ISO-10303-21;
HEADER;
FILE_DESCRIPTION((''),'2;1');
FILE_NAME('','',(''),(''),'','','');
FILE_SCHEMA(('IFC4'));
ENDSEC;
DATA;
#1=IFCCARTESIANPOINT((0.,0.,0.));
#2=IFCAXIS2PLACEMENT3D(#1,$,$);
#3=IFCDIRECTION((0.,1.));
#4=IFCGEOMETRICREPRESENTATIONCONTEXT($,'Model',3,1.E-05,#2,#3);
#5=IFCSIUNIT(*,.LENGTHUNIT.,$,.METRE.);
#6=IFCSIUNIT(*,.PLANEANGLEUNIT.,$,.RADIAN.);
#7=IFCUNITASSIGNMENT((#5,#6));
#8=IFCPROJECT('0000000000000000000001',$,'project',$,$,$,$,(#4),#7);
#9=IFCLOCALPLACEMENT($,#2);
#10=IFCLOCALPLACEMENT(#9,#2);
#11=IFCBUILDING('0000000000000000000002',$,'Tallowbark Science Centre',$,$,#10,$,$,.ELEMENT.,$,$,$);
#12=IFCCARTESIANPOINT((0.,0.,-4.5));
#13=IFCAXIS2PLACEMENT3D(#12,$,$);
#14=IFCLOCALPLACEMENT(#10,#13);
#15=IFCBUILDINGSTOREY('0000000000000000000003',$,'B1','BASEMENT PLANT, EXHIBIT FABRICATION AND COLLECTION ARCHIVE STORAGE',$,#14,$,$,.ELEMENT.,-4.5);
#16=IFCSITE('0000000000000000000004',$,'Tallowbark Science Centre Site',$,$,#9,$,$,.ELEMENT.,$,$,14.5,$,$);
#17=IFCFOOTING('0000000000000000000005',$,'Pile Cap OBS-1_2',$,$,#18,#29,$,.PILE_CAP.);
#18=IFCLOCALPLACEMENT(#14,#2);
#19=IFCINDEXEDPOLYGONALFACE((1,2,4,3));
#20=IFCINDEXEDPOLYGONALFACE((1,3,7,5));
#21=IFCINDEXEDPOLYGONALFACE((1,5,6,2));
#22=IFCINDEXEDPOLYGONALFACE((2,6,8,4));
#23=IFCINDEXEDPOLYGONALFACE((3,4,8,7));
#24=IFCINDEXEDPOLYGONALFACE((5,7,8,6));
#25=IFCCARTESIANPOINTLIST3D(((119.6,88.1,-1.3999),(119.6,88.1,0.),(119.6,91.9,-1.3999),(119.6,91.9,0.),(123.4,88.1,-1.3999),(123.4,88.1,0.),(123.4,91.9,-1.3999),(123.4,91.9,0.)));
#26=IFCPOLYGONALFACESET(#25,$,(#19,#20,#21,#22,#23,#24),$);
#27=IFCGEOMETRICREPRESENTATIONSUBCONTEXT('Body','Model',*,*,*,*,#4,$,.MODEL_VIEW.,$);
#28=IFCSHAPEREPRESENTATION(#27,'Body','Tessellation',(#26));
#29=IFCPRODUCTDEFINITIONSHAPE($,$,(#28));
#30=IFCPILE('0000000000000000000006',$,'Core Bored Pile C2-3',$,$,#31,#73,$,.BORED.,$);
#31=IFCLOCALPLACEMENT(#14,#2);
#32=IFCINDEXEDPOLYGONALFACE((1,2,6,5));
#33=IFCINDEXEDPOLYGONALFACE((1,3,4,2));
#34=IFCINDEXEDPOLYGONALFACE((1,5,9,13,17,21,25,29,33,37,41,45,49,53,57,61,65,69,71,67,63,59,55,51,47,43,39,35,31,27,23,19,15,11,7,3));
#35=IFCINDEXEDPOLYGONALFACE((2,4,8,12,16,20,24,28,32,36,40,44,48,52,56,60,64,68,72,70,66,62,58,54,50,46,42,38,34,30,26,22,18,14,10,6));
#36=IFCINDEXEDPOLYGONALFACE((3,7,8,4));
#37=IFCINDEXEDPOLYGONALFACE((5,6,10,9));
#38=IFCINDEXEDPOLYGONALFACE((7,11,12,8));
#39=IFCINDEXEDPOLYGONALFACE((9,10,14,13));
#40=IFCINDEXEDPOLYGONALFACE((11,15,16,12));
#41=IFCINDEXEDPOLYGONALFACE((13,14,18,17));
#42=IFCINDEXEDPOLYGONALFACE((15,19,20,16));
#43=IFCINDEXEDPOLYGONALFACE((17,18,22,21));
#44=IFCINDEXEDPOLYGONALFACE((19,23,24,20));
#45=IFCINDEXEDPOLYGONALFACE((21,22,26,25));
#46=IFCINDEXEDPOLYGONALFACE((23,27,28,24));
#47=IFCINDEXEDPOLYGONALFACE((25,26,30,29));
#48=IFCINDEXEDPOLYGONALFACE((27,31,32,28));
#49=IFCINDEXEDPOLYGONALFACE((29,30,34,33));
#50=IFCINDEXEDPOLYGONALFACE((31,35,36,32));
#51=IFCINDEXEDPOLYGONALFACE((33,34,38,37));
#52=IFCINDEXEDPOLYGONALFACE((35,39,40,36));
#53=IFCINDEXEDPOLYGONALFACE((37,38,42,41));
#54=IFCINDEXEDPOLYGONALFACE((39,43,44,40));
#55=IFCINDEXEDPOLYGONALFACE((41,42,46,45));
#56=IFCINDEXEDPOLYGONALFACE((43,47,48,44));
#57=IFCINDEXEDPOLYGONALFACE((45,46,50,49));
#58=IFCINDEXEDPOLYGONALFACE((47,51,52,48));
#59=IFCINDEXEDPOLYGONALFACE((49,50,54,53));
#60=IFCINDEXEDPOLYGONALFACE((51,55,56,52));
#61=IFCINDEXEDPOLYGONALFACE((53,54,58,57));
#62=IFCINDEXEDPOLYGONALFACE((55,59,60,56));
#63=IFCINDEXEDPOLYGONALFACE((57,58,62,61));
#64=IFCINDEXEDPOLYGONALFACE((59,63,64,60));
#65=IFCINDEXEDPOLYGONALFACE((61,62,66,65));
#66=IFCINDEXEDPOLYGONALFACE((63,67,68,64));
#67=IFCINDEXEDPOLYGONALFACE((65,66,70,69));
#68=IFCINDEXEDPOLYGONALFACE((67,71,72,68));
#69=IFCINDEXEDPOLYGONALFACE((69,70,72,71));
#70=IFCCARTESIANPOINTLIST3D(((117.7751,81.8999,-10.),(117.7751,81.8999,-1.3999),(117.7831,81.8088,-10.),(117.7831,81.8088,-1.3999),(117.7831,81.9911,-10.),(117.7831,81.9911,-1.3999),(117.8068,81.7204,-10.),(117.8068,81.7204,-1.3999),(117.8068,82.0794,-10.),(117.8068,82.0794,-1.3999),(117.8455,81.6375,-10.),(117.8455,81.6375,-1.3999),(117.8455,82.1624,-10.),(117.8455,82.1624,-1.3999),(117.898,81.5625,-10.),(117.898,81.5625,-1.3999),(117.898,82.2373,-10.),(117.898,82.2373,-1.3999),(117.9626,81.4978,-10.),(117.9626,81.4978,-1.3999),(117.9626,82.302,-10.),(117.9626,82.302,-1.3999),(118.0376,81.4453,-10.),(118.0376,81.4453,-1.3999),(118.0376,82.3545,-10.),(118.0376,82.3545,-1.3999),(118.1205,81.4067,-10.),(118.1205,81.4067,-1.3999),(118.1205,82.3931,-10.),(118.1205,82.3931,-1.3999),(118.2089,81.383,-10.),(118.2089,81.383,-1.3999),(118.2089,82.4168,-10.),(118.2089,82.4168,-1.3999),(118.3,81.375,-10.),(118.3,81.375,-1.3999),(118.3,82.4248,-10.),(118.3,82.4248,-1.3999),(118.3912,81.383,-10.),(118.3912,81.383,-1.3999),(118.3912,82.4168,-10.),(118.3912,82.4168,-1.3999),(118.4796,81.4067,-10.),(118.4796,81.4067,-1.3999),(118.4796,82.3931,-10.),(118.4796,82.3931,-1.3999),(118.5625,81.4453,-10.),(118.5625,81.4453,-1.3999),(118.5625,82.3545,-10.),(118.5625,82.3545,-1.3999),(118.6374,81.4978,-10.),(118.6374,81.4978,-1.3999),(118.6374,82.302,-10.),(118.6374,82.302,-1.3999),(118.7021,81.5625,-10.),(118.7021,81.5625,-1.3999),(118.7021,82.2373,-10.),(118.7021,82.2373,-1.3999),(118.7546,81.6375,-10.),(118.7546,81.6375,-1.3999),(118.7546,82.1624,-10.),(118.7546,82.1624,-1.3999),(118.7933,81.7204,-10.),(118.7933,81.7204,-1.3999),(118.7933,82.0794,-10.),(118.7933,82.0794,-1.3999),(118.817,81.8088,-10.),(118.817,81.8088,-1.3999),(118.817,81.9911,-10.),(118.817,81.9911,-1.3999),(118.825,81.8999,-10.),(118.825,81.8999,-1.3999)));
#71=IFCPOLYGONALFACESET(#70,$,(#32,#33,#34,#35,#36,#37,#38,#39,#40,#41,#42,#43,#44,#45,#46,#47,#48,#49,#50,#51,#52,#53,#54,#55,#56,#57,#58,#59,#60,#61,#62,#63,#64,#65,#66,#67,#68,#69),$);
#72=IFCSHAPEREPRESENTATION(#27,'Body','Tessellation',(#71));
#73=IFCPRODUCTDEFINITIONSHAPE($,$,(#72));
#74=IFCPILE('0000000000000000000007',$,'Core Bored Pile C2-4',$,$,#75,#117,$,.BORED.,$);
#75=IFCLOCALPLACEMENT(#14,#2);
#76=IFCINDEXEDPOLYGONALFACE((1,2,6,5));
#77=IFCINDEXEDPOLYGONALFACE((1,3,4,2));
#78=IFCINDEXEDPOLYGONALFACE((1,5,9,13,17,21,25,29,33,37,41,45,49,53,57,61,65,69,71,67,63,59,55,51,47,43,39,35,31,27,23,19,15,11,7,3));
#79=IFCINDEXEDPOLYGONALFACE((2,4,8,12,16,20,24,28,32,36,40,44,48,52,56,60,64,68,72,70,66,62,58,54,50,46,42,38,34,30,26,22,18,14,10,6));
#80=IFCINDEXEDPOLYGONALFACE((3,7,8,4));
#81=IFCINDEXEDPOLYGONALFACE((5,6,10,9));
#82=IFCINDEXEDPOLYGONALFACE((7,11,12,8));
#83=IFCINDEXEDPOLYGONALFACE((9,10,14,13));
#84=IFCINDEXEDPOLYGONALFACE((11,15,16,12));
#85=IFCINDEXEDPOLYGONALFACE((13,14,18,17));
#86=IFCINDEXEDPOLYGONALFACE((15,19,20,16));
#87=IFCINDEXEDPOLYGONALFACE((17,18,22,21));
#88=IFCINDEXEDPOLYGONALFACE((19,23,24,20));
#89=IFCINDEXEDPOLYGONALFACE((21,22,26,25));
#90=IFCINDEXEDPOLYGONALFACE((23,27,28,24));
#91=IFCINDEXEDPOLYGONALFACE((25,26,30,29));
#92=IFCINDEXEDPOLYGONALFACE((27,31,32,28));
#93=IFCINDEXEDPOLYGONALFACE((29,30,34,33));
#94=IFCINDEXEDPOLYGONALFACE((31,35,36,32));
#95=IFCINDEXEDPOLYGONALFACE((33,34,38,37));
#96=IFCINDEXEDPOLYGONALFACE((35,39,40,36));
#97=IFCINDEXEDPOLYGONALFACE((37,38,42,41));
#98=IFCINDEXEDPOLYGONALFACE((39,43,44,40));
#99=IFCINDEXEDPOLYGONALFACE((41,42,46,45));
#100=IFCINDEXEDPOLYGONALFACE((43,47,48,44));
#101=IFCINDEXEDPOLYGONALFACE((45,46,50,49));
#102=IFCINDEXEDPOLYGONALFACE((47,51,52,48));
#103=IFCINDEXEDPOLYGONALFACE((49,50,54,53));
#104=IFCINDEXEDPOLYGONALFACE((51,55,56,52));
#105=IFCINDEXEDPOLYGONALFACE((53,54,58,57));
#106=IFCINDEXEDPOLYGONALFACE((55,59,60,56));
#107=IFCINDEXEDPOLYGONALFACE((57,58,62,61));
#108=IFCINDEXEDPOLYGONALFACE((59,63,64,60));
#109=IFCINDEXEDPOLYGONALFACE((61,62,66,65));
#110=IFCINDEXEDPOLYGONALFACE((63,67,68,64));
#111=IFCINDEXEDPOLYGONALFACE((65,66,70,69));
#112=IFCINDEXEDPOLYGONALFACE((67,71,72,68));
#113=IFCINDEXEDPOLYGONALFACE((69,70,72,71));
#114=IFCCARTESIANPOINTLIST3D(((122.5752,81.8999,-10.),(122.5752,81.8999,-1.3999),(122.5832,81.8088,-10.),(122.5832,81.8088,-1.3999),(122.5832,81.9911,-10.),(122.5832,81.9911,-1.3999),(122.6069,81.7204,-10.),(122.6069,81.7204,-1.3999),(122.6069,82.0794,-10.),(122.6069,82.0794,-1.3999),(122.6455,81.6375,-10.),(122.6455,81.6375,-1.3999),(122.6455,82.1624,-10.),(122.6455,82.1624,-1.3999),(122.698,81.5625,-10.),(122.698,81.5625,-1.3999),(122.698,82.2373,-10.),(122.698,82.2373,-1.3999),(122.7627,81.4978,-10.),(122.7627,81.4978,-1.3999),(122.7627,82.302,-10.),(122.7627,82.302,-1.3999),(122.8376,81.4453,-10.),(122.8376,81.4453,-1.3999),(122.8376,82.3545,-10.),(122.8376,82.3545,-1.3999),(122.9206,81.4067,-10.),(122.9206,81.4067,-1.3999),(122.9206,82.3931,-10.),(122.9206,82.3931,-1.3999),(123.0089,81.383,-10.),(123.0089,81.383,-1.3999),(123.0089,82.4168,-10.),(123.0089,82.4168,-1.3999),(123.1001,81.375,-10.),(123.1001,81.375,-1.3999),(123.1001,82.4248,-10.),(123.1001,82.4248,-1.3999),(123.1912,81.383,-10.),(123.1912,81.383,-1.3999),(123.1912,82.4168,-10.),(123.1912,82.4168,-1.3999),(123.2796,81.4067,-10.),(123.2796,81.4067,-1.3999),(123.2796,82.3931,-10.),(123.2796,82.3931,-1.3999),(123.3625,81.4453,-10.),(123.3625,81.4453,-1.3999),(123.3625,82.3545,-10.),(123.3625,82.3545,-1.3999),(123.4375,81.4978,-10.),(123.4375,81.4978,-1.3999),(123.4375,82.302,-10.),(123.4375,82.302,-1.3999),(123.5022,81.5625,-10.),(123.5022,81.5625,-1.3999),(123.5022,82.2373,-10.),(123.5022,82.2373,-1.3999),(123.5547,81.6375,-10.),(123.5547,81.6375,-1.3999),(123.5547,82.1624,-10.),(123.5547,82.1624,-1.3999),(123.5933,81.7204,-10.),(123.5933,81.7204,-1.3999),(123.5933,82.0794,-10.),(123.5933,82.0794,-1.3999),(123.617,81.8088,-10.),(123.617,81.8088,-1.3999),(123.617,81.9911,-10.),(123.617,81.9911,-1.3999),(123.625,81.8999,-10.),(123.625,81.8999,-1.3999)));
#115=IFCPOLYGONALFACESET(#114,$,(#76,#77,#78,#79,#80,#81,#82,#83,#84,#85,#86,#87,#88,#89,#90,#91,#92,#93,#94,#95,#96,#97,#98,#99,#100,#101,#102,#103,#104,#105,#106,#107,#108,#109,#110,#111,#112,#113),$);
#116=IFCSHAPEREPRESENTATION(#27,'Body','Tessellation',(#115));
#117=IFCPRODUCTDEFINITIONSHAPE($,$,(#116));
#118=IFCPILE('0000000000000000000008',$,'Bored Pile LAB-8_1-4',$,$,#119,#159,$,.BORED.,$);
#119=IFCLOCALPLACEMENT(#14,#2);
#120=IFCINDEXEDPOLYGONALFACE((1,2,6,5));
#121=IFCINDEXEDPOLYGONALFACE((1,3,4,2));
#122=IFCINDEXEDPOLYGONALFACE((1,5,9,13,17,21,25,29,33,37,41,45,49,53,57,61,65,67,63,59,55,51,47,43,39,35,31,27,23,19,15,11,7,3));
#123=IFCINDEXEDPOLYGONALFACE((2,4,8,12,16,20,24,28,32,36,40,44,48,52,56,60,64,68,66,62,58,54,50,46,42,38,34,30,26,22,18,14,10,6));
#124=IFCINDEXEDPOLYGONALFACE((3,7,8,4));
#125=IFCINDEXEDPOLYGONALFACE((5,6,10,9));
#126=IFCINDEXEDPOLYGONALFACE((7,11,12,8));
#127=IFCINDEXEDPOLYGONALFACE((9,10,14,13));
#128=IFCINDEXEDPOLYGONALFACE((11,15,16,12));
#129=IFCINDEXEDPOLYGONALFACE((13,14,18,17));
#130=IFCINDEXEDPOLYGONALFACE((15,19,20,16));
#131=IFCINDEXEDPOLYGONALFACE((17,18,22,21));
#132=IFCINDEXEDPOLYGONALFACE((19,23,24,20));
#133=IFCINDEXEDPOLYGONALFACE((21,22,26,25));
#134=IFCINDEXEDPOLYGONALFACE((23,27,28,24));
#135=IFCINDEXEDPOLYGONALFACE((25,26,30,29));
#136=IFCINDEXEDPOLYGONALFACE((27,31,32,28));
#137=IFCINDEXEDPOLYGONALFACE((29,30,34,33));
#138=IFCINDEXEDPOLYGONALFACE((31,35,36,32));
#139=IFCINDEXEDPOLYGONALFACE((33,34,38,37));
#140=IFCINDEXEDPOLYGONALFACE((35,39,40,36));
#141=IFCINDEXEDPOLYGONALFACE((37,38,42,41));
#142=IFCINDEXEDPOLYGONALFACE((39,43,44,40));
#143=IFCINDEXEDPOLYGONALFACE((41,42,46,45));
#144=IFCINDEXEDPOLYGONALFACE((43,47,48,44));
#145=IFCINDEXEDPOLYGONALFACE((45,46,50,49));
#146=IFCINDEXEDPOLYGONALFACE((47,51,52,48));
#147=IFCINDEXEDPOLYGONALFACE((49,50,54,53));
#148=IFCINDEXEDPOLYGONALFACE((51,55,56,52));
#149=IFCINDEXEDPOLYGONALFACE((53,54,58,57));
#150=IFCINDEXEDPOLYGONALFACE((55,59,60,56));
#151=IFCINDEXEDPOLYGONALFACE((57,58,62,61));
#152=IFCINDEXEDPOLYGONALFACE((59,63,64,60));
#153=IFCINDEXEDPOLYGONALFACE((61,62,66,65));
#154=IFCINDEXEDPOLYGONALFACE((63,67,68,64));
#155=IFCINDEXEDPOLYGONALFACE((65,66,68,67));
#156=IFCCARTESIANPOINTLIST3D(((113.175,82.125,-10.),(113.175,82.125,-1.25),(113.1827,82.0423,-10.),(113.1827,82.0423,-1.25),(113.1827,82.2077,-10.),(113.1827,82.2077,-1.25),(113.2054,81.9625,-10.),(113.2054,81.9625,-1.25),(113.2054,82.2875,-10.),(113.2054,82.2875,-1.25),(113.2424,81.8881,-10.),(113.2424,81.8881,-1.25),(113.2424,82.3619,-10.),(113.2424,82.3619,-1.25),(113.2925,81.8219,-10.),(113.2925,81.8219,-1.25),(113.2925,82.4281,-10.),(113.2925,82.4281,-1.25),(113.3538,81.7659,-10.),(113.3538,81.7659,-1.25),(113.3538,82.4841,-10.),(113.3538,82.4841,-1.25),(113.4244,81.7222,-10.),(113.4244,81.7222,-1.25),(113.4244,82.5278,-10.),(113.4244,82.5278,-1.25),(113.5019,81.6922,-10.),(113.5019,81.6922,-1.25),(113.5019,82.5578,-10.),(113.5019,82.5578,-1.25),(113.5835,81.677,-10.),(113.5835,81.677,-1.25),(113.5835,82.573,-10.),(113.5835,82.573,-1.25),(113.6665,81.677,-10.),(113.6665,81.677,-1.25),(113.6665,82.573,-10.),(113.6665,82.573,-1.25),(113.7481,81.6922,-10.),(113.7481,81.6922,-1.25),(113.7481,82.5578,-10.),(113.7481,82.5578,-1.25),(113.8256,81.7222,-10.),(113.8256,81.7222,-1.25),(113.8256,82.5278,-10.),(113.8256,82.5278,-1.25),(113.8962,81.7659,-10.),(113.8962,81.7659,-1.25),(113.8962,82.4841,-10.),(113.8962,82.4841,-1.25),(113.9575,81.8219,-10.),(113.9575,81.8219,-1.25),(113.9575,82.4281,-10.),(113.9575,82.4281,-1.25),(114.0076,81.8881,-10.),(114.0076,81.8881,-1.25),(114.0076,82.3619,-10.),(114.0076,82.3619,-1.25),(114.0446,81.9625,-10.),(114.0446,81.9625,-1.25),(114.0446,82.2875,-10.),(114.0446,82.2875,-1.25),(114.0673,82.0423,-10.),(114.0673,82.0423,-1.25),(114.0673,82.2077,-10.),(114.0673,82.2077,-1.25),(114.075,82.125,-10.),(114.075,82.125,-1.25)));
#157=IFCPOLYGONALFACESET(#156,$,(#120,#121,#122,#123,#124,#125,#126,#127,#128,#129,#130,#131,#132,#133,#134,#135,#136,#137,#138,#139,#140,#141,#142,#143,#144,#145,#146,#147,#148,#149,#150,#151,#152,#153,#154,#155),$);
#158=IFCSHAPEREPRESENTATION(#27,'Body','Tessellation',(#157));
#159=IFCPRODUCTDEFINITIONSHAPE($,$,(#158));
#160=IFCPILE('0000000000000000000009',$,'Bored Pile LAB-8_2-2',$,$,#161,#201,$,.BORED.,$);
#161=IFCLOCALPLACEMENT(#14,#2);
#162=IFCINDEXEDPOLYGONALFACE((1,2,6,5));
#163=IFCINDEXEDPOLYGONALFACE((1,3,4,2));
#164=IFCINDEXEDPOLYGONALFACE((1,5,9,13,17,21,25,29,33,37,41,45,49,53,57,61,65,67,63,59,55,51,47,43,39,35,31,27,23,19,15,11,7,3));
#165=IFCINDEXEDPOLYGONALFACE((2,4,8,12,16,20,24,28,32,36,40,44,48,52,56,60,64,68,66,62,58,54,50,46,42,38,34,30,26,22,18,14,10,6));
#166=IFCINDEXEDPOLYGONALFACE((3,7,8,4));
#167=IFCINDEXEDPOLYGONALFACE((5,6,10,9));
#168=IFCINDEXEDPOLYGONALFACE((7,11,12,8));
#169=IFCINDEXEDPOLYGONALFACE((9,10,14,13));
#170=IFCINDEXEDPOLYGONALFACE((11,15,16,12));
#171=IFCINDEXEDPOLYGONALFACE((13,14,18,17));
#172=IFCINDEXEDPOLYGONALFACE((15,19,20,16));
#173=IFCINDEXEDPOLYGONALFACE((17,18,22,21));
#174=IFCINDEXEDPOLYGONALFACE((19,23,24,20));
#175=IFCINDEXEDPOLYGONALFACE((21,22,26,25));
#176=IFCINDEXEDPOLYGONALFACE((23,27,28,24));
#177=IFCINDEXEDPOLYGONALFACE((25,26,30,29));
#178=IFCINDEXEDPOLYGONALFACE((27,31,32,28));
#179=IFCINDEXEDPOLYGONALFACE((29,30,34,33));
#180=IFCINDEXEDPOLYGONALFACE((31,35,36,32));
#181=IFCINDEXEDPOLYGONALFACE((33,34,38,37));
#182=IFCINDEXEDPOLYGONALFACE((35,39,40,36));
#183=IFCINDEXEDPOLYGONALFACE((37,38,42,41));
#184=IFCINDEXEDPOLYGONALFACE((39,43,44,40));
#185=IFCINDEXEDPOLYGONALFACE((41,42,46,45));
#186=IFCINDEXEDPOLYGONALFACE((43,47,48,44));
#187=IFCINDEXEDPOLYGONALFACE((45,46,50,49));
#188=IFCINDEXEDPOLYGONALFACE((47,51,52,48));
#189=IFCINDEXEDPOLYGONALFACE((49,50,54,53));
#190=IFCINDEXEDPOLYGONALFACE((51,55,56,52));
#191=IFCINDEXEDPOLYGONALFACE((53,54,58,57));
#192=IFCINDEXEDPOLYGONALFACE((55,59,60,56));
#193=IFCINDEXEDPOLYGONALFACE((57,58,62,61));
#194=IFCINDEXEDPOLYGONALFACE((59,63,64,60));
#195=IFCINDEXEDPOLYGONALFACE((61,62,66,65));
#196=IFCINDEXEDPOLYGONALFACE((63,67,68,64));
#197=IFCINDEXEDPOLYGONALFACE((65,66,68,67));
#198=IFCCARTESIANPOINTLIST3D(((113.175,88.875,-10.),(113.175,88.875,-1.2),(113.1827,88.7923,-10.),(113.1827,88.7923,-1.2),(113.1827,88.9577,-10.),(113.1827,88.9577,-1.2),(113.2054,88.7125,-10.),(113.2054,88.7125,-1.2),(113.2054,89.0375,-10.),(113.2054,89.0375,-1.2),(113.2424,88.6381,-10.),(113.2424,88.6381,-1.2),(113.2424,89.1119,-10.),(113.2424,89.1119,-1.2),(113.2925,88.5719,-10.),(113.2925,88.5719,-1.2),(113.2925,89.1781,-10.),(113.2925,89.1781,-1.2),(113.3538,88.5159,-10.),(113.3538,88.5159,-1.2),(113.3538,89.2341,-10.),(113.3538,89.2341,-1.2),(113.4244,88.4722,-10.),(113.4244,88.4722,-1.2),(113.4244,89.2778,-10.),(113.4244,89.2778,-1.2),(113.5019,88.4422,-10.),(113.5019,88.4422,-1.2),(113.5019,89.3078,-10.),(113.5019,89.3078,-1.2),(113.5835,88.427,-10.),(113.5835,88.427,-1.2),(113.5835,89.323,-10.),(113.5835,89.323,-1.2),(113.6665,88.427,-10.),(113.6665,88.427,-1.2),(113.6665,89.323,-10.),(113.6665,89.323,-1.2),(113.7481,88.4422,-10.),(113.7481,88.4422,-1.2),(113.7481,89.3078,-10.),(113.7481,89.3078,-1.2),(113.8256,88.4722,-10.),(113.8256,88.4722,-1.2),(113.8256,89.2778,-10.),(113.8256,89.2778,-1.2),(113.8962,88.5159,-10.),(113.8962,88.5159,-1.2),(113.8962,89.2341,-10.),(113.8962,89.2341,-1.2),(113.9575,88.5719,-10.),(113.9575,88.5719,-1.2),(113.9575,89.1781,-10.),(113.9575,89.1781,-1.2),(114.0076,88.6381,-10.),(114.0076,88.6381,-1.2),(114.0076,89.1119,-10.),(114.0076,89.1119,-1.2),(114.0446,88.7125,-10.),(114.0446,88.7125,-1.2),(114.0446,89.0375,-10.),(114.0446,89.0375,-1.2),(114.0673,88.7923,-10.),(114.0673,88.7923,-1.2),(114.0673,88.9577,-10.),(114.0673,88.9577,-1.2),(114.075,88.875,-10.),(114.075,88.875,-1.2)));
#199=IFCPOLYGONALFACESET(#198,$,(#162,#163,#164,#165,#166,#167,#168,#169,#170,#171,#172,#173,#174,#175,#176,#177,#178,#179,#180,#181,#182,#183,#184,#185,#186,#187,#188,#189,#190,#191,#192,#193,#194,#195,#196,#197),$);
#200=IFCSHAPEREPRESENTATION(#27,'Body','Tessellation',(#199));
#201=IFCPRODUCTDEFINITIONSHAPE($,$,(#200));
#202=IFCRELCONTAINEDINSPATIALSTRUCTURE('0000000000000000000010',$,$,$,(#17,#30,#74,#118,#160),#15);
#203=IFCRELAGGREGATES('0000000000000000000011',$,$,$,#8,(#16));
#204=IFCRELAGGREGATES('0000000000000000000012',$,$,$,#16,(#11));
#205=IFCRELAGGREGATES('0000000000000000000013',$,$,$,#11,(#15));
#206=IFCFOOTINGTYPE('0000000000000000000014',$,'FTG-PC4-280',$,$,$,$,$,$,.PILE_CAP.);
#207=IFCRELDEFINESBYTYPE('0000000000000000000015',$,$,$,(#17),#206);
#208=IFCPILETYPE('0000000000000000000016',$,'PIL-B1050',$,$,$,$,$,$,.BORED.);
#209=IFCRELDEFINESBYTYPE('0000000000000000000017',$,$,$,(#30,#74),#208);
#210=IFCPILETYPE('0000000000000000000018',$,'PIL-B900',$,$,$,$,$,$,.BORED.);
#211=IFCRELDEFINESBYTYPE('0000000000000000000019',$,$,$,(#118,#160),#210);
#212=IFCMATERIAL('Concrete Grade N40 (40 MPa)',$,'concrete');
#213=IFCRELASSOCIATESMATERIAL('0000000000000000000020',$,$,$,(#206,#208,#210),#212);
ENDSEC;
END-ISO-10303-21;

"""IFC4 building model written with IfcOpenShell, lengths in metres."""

from ifc_helpers import new_model, si_unit, direction, frame, origin, origin_2d, place, context, subcontext, project, spatial, rectangle, circle, extrude, material, material_profile, profile_set, type_object, element, save


model = new_model("IFC4")

# Units and contexts
model_context = context("Model", 3, precision=1e-05, world=origin(), true_north=direction((0.0, 1.0)))
body_context = subcontext(model_context, "Body", "Model", "MODEL_VIEW")
ifc_project = project(units=[si_unit("LENGTHUNIT", "METRE"), si_unit("PLANEANGLEUNIT", "RADIAN")], contexts=[model_context])

# Site, building, storey
site_placement = place(None, origin())
site = spatial("IfcSite", under=ifc_project, at=site_placement, Name="Tallowbark Science Centre Site", CompositionType="ELEMENT", RefElevation=14.5)
building_placement = place(site_placement, origin())
building = spatial("IfcBuilding", under=site, at=building_placement, Name="Tallowbark Science Centre", CompositionType="ELEMENT")
storey_placement = place(building_placement, frame((0.0, 0.0, -4.5)))
storey = spatial("IfcBuildingStorey", under=building, at=storey_placement, Name="B1", Description="BASEMENT PLANT, EXHIBIT FABRICATION AND COLLECTION ARCHIVE STORAGE", CompositionType="ELEMENT", Elevation=-4.5)

# Footing
ifc_material_1 = material(Name="Concrete Grade N40 (40 MPa)", Category="concrete")
footing_type = type_object("IfcFootingType", Name="FTG-PC4-280", PredefinedType="PILE_CAP", material=ifc_material_1)
footing_placement = place(storey_placement, frame((121.5, 90.0, -1.3999), z_axis=(0.0, 0.0, 1.0), x_axis=(1.0, 0.0, 0.0)))
element("IfcFooting", 1, at=footing_placement, inside=storey, type_object=footing_type, Name="Pile Cap OBS-1_2", PredefinedType="PILE_CAP", context=body_context, shape_type="SweptSolid", body=[
    extrude(rectangle(XDim=3.8, YDim=3.8, at=origin_2d()), origin(), (0.0, 0.0, 1.0), 1.3999),
])

# Piles
ifc_material_profile_1 = material_profile(ifc_material_1, circle(Radius=0.5249, at=origin_2d()), Name="PILE1050")
ifc_profile_set_1 = profile_set([ifc_material_profile_1], Name="Concrete Grade N40 (40 MPa)")
pile_type_1 = type_object("IfcPileType", Name="PIL-B1050", PredefinedType="BORED", material=ifc_profile_set_1)
for number, where, z_axis, x_axis, name in (
    (2, (118.3, 81.8999, -1.3999), (0.0, 0.0, -1.0), (1.0, 0.0, 0.0), "Core Bored Pile C2-3"),
    (3, (123.1001, 81.8999, -1.3999), (0.0, 0.0, -1.0), (1.0, 0.0, 0.0), "Core Bored Pile C2-4"),
):
    element("IfcPile", number, at=place(storey_placement, frame(where, z_axis=z_axis, x_axis=x_axis)), inside=storey, type_object=pile_type_1, Name=name, PredefinedType="BORED", context=body_context, shape_type="SweptSolid", body=[
        extrude(circle(Radius=0.5249, at=origin_2d()), origin(), (0.0, 0.0, 1.0), 8.6001),
    ])
ifc_material_profile_2 = material_profile(ifc_material_1, circle(Radius=0.45, at=origin_2d()), Name="PILE900")
ifc_profile_set_2 = profile_set([ifc_material_profile_2], Name="Concrete Grade N40 (40 MPa)")
pile_type_2 = type_object("IfcPileType", Name="PIL-B900", PredefinedType="BORED", material=ifc_profile_set_2)
pile_1_placement = place(storey_placement, frame((113.625, 82.125, -1.25), z_axis=(0.0, 0.0, -1.0), x_axis=(1.0, 0.0, 0.0)))
element("IfcPile", 4, at=pile_1_placement, inside=storey, type_object=pile_type_2, Name="Bored Pile LAB-8_1-4", PredefinedType="BORED", context=body_context, shape_type="SweptSolid", body=[
    extrude(circle(Radius=0.45, at=origin_2d()), origin(), (0.0, 0.0, 1.0), 8.75),
])
pile_2_placement = place(storey_placement, frame((113.625, 88.875, -1.2), z_axis=(0.0, 0.0, -1.0), x_axis=(1.0, 0.0, 0.0)))
element("IfcPile", 5, at=pile_2_placement, inside=storey, type_object=pile_type_2, Name="Bored Pile LAB-8_2-2", PredefinedType="BORED", context=body_context, shape_type="SweptSolid", body=[
    extrude(circle(Radius=0.45, at=origin_2d()), origin(), (0.0, 0.0, 1.0), 8.8),
])

save(model, "model.ifc")
